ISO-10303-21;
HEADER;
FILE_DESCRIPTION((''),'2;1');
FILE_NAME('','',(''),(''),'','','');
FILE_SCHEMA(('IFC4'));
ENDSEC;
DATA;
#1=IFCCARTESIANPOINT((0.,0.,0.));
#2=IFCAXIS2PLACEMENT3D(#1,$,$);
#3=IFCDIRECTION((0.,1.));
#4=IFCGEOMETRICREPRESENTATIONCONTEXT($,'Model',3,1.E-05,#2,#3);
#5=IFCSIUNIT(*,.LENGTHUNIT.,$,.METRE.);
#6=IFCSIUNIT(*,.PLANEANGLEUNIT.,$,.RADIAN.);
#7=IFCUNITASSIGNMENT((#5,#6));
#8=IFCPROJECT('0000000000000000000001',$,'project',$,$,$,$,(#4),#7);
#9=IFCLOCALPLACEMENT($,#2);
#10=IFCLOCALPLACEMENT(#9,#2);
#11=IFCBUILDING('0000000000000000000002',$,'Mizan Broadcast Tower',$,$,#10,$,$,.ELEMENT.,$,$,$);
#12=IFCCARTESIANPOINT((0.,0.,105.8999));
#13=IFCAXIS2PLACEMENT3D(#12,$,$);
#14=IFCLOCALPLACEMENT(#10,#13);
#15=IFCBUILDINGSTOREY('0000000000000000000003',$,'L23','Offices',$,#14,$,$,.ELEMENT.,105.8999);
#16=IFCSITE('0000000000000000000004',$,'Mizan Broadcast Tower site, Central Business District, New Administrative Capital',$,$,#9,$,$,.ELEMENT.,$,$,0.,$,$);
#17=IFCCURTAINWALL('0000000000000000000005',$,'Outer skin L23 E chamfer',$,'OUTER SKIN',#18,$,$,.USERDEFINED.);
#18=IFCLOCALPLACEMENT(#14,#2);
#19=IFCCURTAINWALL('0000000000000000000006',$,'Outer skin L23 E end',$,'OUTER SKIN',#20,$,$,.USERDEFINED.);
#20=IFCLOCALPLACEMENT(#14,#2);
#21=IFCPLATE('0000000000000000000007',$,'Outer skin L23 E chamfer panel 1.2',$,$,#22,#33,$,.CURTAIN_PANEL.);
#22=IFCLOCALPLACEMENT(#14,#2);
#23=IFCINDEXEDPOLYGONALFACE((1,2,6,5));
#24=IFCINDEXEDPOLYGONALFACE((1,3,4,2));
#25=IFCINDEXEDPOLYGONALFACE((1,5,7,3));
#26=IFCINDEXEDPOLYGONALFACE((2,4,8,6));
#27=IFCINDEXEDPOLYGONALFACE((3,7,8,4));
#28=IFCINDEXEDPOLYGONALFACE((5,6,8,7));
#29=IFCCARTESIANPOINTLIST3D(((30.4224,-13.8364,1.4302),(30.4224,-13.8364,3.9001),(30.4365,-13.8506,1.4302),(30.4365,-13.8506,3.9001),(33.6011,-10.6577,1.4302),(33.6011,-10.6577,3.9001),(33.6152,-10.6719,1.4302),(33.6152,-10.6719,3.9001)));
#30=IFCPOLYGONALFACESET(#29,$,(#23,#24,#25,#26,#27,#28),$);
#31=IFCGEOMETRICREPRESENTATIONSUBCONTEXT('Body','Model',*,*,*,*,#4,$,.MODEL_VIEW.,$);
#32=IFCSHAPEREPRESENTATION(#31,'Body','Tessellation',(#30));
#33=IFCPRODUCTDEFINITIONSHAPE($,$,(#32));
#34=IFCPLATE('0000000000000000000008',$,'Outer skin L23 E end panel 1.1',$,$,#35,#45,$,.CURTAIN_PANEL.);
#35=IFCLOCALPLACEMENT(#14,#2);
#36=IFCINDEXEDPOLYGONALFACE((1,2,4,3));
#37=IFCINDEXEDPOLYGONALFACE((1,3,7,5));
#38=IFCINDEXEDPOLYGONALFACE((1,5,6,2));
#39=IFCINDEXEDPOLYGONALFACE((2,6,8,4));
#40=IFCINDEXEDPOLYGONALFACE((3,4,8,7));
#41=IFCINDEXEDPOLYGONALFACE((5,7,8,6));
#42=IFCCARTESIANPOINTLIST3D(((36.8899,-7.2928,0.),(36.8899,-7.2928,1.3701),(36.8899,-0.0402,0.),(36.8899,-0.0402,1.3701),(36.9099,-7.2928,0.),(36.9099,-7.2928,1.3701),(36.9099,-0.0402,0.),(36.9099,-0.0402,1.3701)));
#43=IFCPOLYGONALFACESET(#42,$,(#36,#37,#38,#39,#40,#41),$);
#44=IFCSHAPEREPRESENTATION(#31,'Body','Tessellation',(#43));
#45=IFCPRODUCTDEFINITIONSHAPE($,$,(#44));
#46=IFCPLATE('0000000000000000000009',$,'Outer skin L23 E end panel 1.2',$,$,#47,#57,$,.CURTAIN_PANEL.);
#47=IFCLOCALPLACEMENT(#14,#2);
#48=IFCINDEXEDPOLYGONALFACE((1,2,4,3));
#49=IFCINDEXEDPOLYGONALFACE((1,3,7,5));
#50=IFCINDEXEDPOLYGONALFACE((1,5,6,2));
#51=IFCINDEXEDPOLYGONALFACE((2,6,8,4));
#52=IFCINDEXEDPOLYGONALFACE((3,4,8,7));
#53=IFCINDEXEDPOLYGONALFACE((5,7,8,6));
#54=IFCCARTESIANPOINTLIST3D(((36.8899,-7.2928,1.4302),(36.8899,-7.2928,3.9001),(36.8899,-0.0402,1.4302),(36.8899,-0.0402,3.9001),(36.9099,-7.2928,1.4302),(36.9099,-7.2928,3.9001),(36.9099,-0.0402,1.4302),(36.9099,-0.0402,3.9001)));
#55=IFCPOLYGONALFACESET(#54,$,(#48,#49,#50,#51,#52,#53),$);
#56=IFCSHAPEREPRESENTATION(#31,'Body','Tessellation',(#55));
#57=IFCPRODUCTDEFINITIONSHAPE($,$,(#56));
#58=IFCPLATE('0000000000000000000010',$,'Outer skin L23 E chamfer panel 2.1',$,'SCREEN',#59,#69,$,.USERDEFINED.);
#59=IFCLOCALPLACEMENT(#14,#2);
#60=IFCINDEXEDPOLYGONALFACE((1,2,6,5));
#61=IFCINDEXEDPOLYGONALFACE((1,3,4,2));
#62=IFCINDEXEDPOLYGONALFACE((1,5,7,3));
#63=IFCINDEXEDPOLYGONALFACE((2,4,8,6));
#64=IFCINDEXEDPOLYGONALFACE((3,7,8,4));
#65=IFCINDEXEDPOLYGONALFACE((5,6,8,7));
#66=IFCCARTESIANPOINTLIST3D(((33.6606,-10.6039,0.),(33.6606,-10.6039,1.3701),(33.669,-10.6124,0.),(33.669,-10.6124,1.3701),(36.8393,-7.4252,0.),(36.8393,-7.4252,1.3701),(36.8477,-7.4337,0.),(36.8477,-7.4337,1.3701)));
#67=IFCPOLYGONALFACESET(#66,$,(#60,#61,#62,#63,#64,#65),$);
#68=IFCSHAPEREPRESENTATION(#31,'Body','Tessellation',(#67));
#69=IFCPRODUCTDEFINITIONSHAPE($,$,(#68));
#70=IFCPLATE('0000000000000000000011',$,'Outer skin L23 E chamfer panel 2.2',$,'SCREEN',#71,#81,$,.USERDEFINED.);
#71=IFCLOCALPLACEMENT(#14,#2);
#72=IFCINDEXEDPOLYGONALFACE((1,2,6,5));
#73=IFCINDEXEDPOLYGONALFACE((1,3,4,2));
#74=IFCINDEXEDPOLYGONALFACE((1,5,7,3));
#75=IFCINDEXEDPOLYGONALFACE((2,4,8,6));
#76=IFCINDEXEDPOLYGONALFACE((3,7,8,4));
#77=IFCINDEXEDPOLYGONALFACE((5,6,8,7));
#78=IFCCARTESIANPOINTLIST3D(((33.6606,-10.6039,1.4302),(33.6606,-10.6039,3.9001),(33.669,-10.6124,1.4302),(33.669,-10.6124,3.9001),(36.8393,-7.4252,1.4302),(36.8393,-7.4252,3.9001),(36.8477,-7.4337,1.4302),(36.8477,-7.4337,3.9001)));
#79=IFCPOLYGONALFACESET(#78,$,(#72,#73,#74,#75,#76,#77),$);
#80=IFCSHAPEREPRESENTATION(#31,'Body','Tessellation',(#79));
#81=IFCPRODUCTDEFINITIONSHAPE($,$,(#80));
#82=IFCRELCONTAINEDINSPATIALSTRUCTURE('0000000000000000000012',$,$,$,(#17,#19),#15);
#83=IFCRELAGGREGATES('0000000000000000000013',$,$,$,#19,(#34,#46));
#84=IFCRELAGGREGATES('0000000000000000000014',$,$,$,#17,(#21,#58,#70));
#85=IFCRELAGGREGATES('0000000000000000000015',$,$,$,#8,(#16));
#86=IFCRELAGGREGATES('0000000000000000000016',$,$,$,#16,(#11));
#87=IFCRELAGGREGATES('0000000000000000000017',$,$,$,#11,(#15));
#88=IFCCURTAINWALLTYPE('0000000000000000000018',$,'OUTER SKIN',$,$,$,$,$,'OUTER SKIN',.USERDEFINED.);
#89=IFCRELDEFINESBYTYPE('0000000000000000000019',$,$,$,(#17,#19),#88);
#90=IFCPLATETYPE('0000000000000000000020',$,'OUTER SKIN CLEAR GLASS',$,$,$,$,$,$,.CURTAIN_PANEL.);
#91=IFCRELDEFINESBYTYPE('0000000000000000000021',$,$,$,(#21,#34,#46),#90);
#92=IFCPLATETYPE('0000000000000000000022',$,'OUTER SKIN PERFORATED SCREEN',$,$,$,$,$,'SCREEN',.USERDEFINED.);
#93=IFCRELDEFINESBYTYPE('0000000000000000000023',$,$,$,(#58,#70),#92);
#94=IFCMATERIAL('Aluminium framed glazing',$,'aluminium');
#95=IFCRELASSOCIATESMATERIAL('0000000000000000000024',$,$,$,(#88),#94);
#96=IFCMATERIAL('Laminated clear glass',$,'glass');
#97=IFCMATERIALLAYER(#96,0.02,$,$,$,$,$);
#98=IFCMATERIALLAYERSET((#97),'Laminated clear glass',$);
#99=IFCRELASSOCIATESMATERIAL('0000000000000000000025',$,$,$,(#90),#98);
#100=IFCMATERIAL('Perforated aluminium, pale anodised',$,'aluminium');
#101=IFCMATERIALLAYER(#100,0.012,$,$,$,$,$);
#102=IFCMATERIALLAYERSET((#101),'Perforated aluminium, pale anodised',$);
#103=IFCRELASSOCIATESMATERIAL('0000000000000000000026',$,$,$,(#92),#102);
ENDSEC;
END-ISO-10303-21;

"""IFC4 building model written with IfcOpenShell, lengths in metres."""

from ifc_helpers import new_model, si_unit, direction, frame, origin, origin_2d, place, context, subcontext, project, spatial, rectangle, extrude, material, layer, layer_set, type_object, element, aggregate, save


model = new_model("IFC4")

# Units and contexts
model_context = context("Model", 3, precision=1e-05, world=origin(), true_north=direction((0.0, 1.0)))
body_context = subcontext(model_context, "Body", "Model", "MODEL_VIEW")
ifc_project = project(units=[si_unit("LENGTHUNIT", "METRE"), si_unit("PLANEANGLEUNIT", "RADIAN")], contexts=[model_context])

# Site, building, storey
site_placement = place(None, origin())
site = spatial("IfcSite", under=ifc_project, at=site_placement, Name="Mizan Broadcast Tower site, Central Business District, New Administrative Capital", CompositionType="ELEMENT", RefElevation=0.0)
building_placement = place(site_placement, origin())
building = spatial("IfcBuilding", under=site, at=building_placement, Name="Mizan Broadcast Tower", CompositionType="ELEMENT")
storey_placement = place(building_placement, frame((0.0, 0.0, 105.8999)))
storey = spatial("IfcBuildingStorey", under=building, at=storey_placement, Name="L23", Description="Offices", CompositionType="ELEMENT", Elevation=105.8999)

# Curtain wall
ifc_material_1 = material(Name="Aluminium framed glazing", Category="aluminium")
curtain_wall_type_1 = type_object("IfcCurtainWallType", Name="OUTER SKIN", ElementType="OUTER SKIN", PredefinedType="USERDEFINED", material=ifc_material_1)
curtain_wall_1_placement = place(storey_placement, origin())
curtain_wall_1 = element("IfcCurtainWall", 1, at=curtain_wall_1_placement, inside=storey, type_object=curtain_wall_type_1, Name="Outer skin L23 E chamfer", ObjectType="OUTER SKIN", PredefinedType="USERDEFINED")

# Curtain wall
curtain_wall_2_placement = place(storey_placement, origin())
curtain_wall_2 = element("IfcCurtainWall", 2, at=curtain_wall_2_placement, inside=storey, type_object=curtain_wall_type_1, Name="Outer skin L23 E end", ObjectType="OUTER SKIN", PredefinedType="USERDEFINED")

# Plates
ifc_material_2 = material(Name="Laminated clear glass", Category="glass")
ifc_layer_1 = layer(ifc_material_2, 0.02)
ifc_layer_set_1 = layer_set([ifc_layer_1], Name="Laminated clear glass")
plate_type_1 = type_object("IfcPlateType", Name="OUTER SKIN CLEAR GLASS", PredefinedType="CURTAIN_PANEL", material=ifc_layer_set_1)
plate_1_placement = place(storey_placement, frame((32.0188, -12.2542, 1.4302), z_axis=(0.0, 0.0, 1.0), x_axis=(0.707107, 0.707107, 0.0)))
plate_1 = element("IfcPlate", 3, at=plate_1_placement, type_object=plate_type_1, Name="Outer skin L23 E chamfer panel 1.2", PredefinedType="CURTAIN_PANEL", context=body_context, shape_type="SweptSolid", body=[
    extrude(rectangle(XDim=4.4954, YDim=0.02, at=origin_2d()), origin(), (0.0, 0.0, 1.0), 2.47),
])
plate_2_placement = place(storey_placement, frame((36.8999, -3.6665, 0.0), z_axis=(0.0, 0.0, 1.0), x_axis=(0.0, 1.0, 0.0)))
plate_2 = element("IfcPlate", 4, at=plate_2_placement, type_object=plate_type_1, Name="Outer skin L23 E end panel 1.1", PredefinedType="CURTAIN_PANEL", context=body_context, shape_type="SweptSolid", body=[
    extrude(rectangle(XDim=7.2527, YDim=0.02, at=origin_2d()), origin(), (0.0, 0.0, 1.0), 1.3701),
])
plate_3_placement = place(storey_placement, frame((36.8999, -3.6665, 1.4302), z_axis=(0.0, 0.0, 1.0), x_axis=(0.0, 1.0, 0.0)))
plate_3 = element("IfcPlate", 5, at=plate_3_placement, type_object=plate_type_1, Name="Outer skin L23 E end panel 1.2", PredefinedType="CURTAIN_PANEL", context=body_context, shape_type="SweptSolid", body=[
    extrude(rectangle(XDim=7.2527, YDim=0.02, at=origin_2d()), origin(), (0.0, 0.0, 1.0), 2.47),
])
aggregate(curtain_wall_2, [plate_2, plate_3])
ifc_material_3 = material(Name="Perforated aluminium, pale anodised", Category="aluminium")
ifc_layer_2 = layer(ifc_material_3, 0.012)
ifc_layer_set_2 = layer_set([ifc_layer_2], Name="Perforated aluminium, pale anodised")
plate_type_2 = type_object("IfcPlateType", Name="OUTER SKIN PERFORATED SCREEN", ElementType="SCREEN", PredefinedType="USERDEFINED", material=ifc_layer_set_2)
plate_4_placement = place(storey_placement, frame((35.2542, -9.0188, 0.0), z_axis=(0.0, 0.0, 1.0), x_axis=(0.707107, 0.707107, 0.0)))
plate_4 = element("IfcPlate", 6, at=plate_4_placement, type_object=plate_type_2, Name="Outer skin L23 E chamfer panel 2.1", ObjectType="SCREEN", PredefinedType="USERDEFINED", context=body_context, shape_type="SweptSolid", body=[
    extrude(rectangle(XDim=4.4954, YDim=0.012, at=origin_2d()), origin(), (0.0, 0.0, 1.0), 1.3701),
])
plate_5_placement = place(storey_placement, frame((35.2542, -9.0188, 1.4302), z_axis=(0.0, 0.0, 1.0), x_axis=(0.707107, 0.707107, 0.0)))
plate_5 = element("IfcPlate", 7, at=plate_5_placement, type_object=plate_type_2, Name="Outer skin L23 E chamfer panel 2.2", ObjectType="SCREEN", PredefinedType="USERDEFINED", context=body_context, shape_type="SweptSolid", body=[
    extrude(rectangle(XDim=4.4954, YDim=0.012, at=origin_2d()), origin(), (0.0, 0.0, 1.0), 2.47),
])
aggregate(curtain_wall_1, [plate_1, plate_4, plate_5])

save(model, "model.ifc")
